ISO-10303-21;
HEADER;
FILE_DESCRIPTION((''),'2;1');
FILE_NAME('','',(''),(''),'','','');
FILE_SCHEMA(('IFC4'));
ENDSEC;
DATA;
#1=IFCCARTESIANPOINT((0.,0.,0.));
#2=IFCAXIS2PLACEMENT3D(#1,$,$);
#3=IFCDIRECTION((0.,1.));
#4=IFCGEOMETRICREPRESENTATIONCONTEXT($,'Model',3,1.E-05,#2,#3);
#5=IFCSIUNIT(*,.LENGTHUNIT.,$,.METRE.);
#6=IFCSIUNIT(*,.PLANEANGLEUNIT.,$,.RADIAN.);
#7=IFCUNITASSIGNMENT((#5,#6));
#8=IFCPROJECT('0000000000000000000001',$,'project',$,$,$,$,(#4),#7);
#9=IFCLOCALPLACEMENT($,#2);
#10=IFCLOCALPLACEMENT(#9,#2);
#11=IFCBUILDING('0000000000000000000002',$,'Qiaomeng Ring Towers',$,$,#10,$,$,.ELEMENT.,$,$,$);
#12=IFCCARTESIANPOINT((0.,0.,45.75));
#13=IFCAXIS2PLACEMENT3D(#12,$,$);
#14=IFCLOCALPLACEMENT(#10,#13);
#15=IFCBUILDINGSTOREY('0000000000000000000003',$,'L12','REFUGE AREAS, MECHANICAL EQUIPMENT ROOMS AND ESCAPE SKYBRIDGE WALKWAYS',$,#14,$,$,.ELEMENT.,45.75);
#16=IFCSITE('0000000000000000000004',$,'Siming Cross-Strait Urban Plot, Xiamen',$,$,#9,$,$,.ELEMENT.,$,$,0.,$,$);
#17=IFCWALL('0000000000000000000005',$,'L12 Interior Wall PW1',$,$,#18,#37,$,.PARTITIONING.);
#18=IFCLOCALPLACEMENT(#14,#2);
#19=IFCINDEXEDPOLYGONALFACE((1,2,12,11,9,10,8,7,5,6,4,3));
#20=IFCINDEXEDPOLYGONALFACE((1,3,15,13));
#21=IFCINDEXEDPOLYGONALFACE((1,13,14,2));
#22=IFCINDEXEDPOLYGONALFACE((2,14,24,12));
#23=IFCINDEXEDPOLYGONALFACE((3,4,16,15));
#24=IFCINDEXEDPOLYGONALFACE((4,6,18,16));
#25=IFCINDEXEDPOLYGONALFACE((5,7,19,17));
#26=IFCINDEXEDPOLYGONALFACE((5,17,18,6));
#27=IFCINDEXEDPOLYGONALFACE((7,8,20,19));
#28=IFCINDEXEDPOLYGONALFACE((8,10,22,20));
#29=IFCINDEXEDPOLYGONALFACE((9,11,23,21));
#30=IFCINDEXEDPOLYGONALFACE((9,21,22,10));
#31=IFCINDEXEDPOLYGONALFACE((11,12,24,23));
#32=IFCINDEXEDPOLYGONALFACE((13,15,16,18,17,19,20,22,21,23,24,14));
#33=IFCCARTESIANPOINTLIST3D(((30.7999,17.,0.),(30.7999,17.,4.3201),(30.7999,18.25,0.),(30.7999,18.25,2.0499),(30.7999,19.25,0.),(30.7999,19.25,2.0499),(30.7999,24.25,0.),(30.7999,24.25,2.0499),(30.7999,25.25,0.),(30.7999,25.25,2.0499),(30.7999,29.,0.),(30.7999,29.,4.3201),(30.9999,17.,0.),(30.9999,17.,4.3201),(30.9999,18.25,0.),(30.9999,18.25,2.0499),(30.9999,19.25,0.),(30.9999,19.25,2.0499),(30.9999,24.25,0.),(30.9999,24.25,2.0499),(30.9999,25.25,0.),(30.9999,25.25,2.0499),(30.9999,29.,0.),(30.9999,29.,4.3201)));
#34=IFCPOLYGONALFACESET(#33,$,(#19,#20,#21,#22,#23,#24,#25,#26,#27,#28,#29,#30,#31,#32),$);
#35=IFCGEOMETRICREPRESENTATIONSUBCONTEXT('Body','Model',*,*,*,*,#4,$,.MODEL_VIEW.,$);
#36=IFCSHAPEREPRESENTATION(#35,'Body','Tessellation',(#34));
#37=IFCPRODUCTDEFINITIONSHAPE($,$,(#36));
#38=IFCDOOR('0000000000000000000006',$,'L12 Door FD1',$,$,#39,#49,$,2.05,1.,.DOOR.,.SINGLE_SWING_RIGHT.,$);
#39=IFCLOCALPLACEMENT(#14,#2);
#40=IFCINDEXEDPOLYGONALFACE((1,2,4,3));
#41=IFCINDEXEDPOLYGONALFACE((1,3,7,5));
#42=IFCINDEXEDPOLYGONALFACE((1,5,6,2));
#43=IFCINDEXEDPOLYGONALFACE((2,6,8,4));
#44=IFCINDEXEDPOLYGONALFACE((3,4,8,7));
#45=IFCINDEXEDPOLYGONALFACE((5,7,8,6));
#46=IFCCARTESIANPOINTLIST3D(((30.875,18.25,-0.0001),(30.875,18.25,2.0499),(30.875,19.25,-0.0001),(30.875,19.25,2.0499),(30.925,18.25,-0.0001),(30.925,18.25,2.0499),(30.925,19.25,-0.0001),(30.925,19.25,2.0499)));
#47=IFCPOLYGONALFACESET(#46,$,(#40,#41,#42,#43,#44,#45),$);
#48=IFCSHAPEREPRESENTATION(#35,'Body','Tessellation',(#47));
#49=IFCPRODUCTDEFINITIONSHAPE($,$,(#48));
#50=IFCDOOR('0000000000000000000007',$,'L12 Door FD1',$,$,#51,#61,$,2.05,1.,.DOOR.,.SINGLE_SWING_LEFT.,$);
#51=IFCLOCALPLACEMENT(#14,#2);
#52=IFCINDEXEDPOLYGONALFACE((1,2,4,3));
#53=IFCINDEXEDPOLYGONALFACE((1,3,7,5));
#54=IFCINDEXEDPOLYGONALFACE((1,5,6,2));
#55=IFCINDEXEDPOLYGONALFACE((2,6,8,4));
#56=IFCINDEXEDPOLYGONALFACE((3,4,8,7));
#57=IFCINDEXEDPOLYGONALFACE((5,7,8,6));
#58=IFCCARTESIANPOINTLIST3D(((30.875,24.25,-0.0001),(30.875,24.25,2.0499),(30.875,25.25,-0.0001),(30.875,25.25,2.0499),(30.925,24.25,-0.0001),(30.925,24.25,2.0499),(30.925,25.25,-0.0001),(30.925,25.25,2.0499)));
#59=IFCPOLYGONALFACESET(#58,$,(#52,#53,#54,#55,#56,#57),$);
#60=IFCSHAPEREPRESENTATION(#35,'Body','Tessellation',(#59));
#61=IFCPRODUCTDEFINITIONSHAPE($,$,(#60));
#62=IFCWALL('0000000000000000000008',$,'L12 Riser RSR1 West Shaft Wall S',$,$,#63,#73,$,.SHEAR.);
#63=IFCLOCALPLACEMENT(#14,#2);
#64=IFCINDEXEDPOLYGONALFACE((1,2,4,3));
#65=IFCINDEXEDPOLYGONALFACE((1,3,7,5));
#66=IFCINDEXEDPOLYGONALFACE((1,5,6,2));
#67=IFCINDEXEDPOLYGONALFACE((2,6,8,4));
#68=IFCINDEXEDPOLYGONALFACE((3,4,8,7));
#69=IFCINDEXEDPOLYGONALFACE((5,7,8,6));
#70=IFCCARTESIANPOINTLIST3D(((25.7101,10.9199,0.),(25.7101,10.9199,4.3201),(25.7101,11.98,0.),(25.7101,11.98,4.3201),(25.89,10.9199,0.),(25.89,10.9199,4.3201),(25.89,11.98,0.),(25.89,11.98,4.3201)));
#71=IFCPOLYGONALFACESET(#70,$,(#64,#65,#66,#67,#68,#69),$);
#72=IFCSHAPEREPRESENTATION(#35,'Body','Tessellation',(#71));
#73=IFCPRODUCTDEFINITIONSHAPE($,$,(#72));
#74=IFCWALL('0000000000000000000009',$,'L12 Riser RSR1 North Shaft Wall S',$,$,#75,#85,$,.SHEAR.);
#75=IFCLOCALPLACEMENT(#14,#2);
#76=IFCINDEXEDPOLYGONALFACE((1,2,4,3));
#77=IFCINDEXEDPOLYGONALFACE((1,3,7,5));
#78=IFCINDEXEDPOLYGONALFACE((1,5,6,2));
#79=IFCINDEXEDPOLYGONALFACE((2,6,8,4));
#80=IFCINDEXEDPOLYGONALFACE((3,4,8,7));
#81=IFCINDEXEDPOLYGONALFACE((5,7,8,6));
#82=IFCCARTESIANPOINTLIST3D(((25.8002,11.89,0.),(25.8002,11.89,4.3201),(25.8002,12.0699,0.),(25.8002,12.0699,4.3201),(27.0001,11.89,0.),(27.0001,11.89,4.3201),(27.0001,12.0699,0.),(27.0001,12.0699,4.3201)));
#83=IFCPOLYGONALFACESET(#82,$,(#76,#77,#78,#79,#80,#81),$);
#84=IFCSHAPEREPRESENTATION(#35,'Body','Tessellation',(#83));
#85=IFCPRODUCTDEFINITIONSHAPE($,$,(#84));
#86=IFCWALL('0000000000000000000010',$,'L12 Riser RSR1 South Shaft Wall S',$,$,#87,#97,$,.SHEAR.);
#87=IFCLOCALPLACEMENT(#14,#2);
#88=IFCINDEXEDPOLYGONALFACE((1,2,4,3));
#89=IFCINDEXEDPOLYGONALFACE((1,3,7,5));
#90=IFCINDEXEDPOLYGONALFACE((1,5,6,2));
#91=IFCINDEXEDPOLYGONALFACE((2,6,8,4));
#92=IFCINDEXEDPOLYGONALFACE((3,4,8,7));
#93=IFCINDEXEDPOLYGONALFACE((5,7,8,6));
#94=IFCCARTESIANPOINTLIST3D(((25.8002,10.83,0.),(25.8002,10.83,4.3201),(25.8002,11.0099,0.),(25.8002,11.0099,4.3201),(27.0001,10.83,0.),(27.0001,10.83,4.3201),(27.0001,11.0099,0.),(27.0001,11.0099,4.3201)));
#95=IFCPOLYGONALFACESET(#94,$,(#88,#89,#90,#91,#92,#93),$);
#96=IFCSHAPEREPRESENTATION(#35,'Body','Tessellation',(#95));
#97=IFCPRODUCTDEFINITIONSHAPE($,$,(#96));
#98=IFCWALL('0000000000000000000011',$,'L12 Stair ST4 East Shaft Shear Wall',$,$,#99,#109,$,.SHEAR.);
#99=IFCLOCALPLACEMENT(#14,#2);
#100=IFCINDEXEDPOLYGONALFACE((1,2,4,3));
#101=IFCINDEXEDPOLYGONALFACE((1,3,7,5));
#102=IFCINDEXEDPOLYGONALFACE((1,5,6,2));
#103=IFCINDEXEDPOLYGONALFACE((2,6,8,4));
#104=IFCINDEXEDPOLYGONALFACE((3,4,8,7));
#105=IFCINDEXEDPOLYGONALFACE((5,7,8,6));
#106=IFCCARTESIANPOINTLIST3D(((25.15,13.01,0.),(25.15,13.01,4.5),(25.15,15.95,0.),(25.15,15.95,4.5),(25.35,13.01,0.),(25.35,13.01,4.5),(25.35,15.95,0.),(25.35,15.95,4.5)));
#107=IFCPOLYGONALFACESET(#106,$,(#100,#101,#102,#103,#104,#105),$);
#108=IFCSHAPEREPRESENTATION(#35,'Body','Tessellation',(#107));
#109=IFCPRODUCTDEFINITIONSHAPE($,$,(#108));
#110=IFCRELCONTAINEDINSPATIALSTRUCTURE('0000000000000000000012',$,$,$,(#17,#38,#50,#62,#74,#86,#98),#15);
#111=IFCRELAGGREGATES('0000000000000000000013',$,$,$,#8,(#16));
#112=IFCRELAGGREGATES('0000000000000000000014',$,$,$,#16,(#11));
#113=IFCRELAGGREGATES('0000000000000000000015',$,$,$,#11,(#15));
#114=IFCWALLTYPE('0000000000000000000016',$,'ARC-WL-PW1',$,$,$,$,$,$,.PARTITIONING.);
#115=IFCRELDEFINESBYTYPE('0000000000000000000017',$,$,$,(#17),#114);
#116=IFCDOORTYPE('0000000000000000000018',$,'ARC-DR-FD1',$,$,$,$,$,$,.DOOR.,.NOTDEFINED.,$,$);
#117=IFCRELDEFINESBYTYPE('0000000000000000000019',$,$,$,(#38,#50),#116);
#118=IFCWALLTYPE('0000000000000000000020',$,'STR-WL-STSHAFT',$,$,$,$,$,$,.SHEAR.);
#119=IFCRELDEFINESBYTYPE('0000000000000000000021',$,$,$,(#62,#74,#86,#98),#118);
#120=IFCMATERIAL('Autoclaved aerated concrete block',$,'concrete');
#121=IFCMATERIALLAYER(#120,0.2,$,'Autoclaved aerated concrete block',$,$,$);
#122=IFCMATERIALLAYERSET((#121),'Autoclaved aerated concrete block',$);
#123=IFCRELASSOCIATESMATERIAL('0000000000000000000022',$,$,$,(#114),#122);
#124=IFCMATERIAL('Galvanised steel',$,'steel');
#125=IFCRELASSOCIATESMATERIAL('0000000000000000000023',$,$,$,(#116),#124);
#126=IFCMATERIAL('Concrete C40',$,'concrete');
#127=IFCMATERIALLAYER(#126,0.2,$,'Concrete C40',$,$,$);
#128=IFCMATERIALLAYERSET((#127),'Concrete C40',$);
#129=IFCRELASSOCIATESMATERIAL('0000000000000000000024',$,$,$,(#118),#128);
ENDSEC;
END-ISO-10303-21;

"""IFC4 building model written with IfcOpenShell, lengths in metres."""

from ifc_helpers import new_model, si_unit, direction, frame, frame_2d, origin, place, context, subcontext, project, spatial, rectangle, extrude, source, transform, mapped, material, layer, layer_set, type_object, element, fill, save


model = new_model("IFC4")

# Units and contexts
model_context = context("Model", 3, precision=1e-05, world=origin(), true_north=direction((0.0, 1.0)))
body_context = subcontext(model_context, "Body", "Model", "MODEL_VIEW")
ifc_project = project(units=[si_unit("LENGTHUNIT", "METRE"), si_unit("PLANEANGLEUNIT", "RADIAN")], contexts=[model_context])

# Site, building, storey
site_placement = place(None, origin())
site = spatial("IfcSite", under=ifc_project, at=site_placement, Name="Siming Cross-Strait Urban Plot, Xiamen", CompositionType="ELEMENT", RefElevation=0.0)
building_placement = place(site_placement, origin())
building = spatial("IfcBuilding", under=site, at=building_placement, Name="Qiaomeng Ring Towers", CompositionType="ELEMENT")
storey_placement = place(building_placement, frame((0.0, 0.0, 45.75)))
storey = spatial("IfcBuildingStorey", under=building, at=storey_placement, Name="L12", Description="REFUGE AREAS, MECHANICAL EQUIPMENT ROOMS AND ESCAPE SKYBRIDGE WALKWAYS", CompositionType="ELEMENT", Elevation=45.75)

# Shared definitions
ifc_material_1 = material(Name="Autoclaved aerated concrete block", Category="concrete")
ifc_layer_1 = layer(ifc_material_1, 0.2, Name="Autoclaved aerated concrete block")
ifc_layer_set_1 = layer_set([ifc_layer_1], Name="Autoclaved aerated concrete block")
wall_type_1 = type_object("IfcWallType", Name="ARC-WL-PW1", PredefinedType="PARTITIONING", material=ifc_layer_set_1)

# Shared definitions
ifc_material_2 = material(Name="Galvanised steel", Category="steel")

# Wall, openings, doors
wall_1_placement = place(storey_placement, frame((30.8999, 17.0, 0.0), z_axis=(0.0, 0.0, 1.0), x_axis=(0.0, 1.0, 0.0)))
wall_1 = element("IfcWall", 1, at=wall_1_placement, inside=storey, type_object=wall_type_1, Name="L12 Interior Wall PW1", PredefinedType="PARTITIONING", context=body_context, shape_type="SweptSolid", body=[
    extrude(rectangle(XDim=12.0, YDim=0.2, at=frame_2d((6.0, 0.0))), origin(), (0.0, 0.0, 1.0), 4.3201),
])
opening_1_placement = place(wall_1_placement, frame((1.25, 0.0, 0.0)))
opening_1 = element("IfcOpeningElement", 2, at=opening_1_placement, cuts=wall_1, PredefinedType="OPENING", context=body_context, shape_type="SweptSolid", body=[
    extrude(rectangle(XDim=1.0, YDim=2.05, at=frame_2d((0.5, 1.0249))), frame((0.0, 0.1099, 0.0), z_axis=(0.0, -1.0, 0.0), x_axis=(1.0, 0.0, 0.0)), (0.0, 0.0, 1.0), 0.22),
])
opening_2_placement = place(wall_1_placement, frame((7.25, 0.0, 0.0)))
opening_2 = element("IfcOpeningElement", 3, at=opening_2_placement, cuts=wall_1, PredefinedType="OPENING", context=body_context, shape_type="SweptSolid", body=[
    extrude(rectangle(XDim=1.0, YDim=2.05, at=frame_2d((0.5, 1.0249))), frame((0.0, 0.1099, 0.0), z_axis=(0.0, -1.0, 0.0), x_axis=(1.0, 0.0, 0.0)), (0.0, 0.0, 1.0), 0.22),
])
door_type_1 = type_object("IfcDoorType", Name="ARC-DR-FD1", OperationType="NOTDEFINED", PredefinedType="DOOR", material=ifc_material_2)
shared_shape_1 = source(origin(), body_context, "Body", "SweptSolid", [
    extrude(rectangle(XDim=1.0, YDim=2.05, at=frame_2d((0.5, 1.0249))), frame((0.0, 0.0249, 0.0), z_axis=(0.0, -1.0, 0.0), x_axis=(1.0, 0.0, 0.0)), (0.0, 0.0, 1.0), 0.05),
])
door_1_placement = place(opening_1_placement, origin())
door_1 = element("IfcDoor", 4, at=door_1_placement, inside=storey, type_object=door_type_1, Name="L12 Door FD1", OperationType="SINGLE_SWING_RIGHT", OverallHeight=2.05, OverallWidth=1.0, PredefinedType="DOOR", context=body_context, shape_type="MappedRepresentation", body=[
    mapped(shared_shape_1, transform((0.0, 0.0, 0.0), x_axis=(1.0, 0.0, 0.0), y_axis=(0.0, 1.0, 0.0), z_axis=(0.0, 0.0, 1.0), scale=1.0)),
])
fill(opening_1, door_1)
door_2_placement = place(opening_2_placement, origin())
door_2 = element("IfcDoor", 5, at=door_2_placement, inside=storey, type_object=door_type_1, Name="L12 Door FD1", OperationType="SINGLE_SWING_LEFT", OverallHeight=2.05, OverallWidth=1.0, PredefinedType="DOOR", context=body_context, shape_type="MappedRepresentation", body=[
    mapped(shared_shape_1, transform((0.0, 0.0, 0.0), x_axis=(1.0, 0.0, 0.0), y_axis=(0.0, 1.0, 0.0), z_axis=(0.0, 0.0, 1.0), scale=1.0)),
])
fill(opening_2, door_2)

# Walls
ifc_material_3 = material(Name="Concrete C40", Category="concrete")
ifc_layer_2 = layer(ifc_material_3, 0.2, Name="Concrete C40")
ifc_layer_set_2 = layer_set([ifc_layer_2], Name="Concrete C40")
wall_type_2 = type_object("IfcWallType", Name="STR-WL-STSHAFT", PredefinedType="SHEAR", material=ifc_layer_set_2)
wall_2_placement = place(storey_placement, frame((25.8, 10.9199, 0.0), z_axis=(0.0, 0.0, 1.0), x_axis=(0.0, 1.0, 0.0)))
element("IfcWall", 6, at=wall_2_placement, inside=storey, type_object=wall_type_2, Name="L12 Riser RSR1 West Shaft Wall S", PredefinedType="SHEAR", context=body_context, shape_type="SweptSolid", body=[
    extrude(rectangle(XDim=1.0601, YDim=0.1799, at=frame_2d((0.53, 0.0))), origin(), (0.0, 0.0, 1.0), 4.3201),
])
for number, where, z_axis, x_axis, name in (
    (7, (25.8, 11.98, 0.0), (0.0, 0.0, 1.0), (1.0, 0.0, 0.0), "L12 Riser RSR1 North Shaft Wall S"),
    (8, (25.8, 10.9199, 0.0), (0.0, 0.0, 1.0), (1.0, 0.0, 0.0), "L12 Riser RSR1 South Shaft Wall S"),
):
    element("IfcWall", number, at=place(storey_placement, frame(where, z_axis=z_axis, x_axis=x_axis)), inside=storey, type_object=wall_type_2, Name=name, PredefinedType="SHEAR", context=body_context, shape_type="SweptSolid", body=[
        extrude(rectangle(XDim=1.2, YDim=0.1799, at=frame_2d((0.6001, 0.0))), origin(), (0.0, 0.0, 1.0), 4.3201),
    ])
wall_3_placement = place(storey_placement, frame((25.25, 13.01, 0.0), z_axis=(0.0, 0.0, 1.0), x_axis=(0.0, 1.0, 0.0)))
element("IfcWall", 9, at=wall_3_placement, inside=storey, type_object=wall_type_2, Name="L12 Stair ST4 East Shaft Shear Wall", PredefinedType="SHEAR", context=body_context, shape_type="SweptSolid", body=[
    extrude(rectangle(XDim=2.9399, YDim=0.2, at=frame_2d((1.47, 0.0))), origin(), (0.0, 0.0, 1.0), 4.5),
])

save(model, "model.ifc")
